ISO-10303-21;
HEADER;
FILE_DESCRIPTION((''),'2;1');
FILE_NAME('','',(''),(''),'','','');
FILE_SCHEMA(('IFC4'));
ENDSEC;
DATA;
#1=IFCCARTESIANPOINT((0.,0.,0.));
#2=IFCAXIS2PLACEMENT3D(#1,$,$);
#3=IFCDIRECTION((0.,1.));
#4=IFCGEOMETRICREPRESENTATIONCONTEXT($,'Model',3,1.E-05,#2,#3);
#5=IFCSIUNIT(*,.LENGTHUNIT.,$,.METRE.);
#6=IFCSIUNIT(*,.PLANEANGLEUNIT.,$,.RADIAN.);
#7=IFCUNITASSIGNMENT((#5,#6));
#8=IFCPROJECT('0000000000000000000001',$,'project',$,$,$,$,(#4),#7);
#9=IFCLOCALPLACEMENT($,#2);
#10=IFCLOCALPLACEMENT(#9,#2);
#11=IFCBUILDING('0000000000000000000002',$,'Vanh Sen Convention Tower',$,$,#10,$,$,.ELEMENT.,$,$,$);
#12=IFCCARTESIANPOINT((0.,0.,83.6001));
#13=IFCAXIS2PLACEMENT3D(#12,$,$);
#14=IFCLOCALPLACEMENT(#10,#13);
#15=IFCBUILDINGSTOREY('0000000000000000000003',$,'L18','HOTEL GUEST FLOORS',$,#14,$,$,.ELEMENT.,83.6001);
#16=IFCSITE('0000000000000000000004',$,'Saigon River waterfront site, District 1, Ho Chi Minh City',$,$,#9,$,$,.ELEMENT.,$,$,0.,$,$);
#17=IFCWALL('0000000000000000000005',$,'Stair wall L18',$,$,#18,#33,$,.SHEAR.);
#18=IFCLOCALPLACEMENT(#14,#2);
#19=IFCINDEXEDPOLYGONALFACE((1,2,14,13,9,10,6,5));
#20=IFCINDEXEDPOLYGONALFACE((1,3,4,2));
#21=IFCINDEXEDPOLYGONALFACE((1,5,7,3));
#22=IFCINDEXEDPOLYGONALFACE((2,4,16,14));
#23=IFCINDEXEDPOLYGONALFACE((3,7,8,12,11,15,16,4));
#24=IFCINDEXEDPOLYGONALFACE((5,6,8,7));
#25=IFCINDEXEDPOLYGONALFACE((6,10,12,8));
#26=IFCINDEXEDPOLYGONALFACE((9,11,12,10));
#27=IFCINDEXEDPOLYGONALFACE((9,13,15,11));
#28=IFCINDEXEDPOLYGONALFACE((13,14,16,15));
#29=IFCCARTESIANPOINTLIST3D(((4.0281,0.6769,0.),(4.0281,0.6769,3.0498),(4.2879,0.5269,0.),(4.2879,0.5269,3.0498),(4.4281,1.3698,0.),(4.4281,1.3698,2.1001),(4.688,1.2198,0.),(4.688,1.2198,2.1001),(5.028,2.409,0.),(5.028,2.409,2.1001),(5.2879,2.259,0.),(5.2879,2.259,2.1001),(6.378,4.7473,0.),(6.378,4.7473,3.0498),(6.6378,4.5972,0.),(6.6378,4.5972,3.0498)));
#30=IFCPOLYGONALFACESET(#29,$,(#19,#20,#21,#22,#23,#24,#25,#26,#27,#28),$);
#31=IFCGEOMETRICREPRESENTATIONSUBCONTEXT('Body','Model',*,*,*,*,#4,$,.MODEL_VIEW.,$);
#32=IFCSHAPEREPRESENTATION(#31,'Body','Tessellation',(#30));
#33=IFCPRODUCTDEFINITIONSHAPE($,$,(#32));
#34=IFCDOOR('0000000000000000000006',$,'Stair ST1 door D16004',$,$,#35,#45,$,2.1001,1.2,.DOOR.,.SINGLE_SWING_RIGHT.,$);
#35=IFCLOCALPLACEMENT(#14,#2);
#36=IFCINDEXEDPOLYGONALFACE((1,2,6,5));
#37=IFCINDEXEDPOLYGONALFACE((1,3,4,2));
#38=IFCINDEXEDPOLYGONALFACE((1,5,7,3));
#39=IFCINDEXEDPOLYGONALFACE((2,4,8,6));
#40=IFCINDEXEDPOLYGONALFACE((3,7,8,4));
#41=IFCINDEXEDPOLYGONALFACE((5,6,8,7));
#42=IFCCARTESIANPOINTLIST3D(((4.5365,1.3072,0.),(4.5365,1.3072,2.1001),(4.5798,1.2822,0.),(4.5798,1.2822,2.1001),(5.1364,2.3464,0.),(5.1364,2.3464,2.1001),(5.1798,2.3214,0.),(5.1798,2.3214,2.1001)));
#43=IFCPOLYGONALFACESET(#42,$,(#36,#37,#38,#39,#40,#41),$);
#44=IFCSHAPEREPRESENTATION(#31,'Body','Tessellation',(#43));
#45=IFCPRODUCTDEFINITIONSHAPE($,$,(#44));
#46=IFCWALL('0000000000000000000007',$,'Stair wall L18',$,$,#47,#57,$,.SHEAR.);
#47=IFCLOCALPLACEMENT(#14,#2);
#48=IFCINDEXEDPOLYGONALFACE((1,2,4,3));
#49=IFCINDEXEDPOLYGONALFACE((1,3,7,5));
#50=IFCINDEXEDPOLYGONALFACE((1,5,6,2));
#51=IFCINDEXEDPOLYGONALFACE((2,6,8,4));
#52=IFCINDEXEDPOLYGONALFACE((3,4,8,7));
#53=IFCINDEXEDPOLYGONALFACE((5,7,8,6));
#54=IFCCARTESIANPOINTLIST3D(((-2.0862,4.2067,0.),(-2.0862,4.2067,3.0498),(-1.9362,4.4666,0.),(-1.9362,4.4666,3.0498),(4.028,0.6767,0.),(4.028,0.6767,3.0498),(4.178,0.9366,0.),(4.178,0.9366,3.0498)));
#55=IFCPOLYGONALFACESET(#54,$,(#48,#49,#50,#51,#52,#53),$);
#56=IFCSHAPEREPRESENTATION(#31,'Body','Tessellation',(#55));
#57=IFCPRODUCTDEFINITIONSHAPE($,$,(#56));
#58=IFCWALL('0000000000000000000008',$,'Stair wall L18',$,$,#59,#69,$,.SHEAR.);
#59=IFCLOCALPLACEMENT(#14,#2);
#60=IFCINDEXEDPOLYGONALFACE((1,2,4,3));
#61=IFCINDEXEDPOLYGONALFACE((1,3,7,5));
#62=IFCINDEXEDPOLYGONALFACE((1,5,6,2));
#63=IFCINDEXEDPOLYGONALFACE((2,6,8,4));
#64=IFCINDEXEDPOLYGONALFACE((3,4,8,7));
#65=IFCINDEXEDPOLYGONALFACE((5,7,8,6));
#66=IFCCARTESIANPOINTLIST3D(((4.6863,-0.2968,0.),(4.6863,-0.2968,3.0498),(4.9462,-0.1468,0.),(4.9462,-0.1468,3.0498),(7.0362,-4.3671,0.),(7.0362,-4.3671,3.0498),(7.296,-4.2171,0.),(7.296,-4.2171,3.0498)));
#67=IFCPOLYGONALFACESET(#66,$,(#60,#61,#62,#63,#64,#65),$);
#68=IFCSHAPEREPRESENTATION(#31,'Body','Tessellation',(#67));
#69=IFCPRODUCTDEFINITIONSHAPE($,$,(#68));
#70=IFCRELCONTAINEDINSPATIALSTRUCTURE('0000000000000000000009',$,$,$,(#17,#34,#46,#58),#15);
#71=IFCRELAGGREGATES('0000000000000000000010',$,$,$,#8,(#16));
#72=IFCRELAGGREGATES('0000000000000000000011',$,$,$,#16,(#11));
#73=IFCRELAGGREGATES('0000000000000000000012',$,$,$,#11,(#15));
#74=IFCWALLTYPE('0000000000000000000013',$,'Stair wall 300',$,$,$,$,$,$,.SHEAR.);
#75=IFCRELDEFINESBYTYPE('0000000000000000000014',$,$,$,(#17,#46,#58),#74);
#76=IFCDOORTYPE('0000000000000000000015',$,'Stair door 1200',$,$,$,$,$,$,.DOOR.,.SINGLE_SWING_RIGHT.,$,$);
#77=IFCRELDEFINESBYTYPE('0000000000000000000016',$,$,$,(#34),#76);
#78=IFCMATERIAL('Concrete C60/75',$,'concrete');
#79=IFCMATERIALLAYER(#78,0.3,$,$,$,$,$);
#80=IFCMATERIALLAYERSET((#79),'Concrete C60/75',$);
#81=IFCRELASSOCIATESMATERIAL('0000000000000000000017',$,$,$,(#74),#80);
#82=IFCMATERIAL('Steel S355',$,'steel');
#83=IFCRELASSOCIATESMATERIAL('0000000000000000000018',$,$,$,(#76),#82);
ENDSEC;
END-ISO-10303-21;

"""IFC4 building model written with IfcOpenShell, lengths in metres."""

from ifc_helpers import new_model, si_unit, direction, frame, frame_2d, origin, place, context, subcontext, project, spatial, rectangle, extrude, material, layer, layer_set, type_object, element, fill, save


model = new_model("IFC4")

# Units and contexts
model_context = context("Model", 3, precision=1e-05, world=origin(), true_north=direction((0.0, 1.0)))
body_context = subcontext(model_context, "Body", "Model", "MODEL_VIEW")
ifc_project = project(units=[si_unit("LENGTHUNIT", "METRE"), si_unit("PLANEANGLEUNIT", "RADIAN")], contexts=[model_context])

# Site, building, storey
site_placement = place(None, origin())
site = spatial("IfcSite", under=ifc_project, at=site_placement, Name="Saigon River waterfront site, District 1, Ho Chi Minh City", CompositionType="ELEMENT", RefElevation=0.0)
building_placement = place(site_placement, origin())
building = spatial("IfcBuilding", under=site, at=building_placement, Name="Vanh Sen Convention Tower", CompositionType="ELEMENT")
storey_placement = place(building_placement, frame((0.0, 0.0, 83.6001)))
storey = spatial("IfcBuildingStorey", under=building, at=storey_placement, Name="L18", Description="HOTEL GUEST FLOORS", CompositionType="ELEMENT", Elevation=83.6001)

# Wall, opening, door
ifc_material_1 = material(Name="Steel S355", Category="steel")
ifc_material_2 = material(Name="Concrete C60/75", Category="concrete")
ifc_layer_1 = layer(ifc_material_2, 0.3)
ifc_layer_set_1 = layer_set([ifc_layer_1], Name="Concrete C60/75")
wall_type_1 = type_object("IfcWallType", Name="Stair wall 300", PredefinedType="SHEAR", material=ifc_layer_set_1)
wall_1_placement = place(storey_placement, frame((4.158, 0.6018, 0.0), z_axis=(0.0, 0.0, 1.0), x_axis=(0.499977, 0.866039, 0.0)))
wall_1 = element("IfcWall", 1, at=wall_1_placement, inside=storey, type_object=wall_type_1, Name="Stair wall L18", PredefinedType="SHEAR", context=body_context, shape_type="SweptSolid", body=[
    extrude(rectangle(XDim=4.7, YDim=0.3, at=frame_2d((2.3501, 0.0))), origin(), (0.0, 0.0, 1.0), 3.0498),
])
opening_1_placement = place(wall_1_placement, frame((0.8, 0.0, 0.0)))
opening_1 = element("IfcOpeningElement", 2, at=opening_1_placement, cuts=wall_1, PredefinedType="OPENING", context=body_context, shape_type="SweptSolid", body=[
    extrude(rectangle(XDim=1.2, YDim=2.1001, at=frame_2d((0.6001, 1.05))), frame((0.0, 0.1599, 0.0), z_axis=(0.0, -1.0, 0.0), x_axis=(1.0, 0.0, 0.0)), (0.0, 0.0, 1.0), 0.3201),
])
door_type_1 = type_object("IfcDoorType", Name="Stair door 1200", OperationType="SINGLE_SWING_RIGHT", PredefinedType="DOOR", material=ifc_material_1)
door_1_placement = place(opening_1_placement, origin())
door_1 = element("IfcDoor", 3, at=door_1_placement, inside=storey, type_object=door_type_1, Name="Stair ST1 door D16004", OperationType="SINGLE_SWING_RIGHT", OverallHeight=2.1001, OverallWidth=1.2, PredefinedType="DOOR", context=body_context, shape_type="SweptSolid", body=[
    extrude(rectangle(XDim=1.2, YDim=2.1001, at=frame_2d((0.6001, 1.05))), frame((0.0, 0.0249, 0.0), z_axis=(0.0, -1.0, 0.0), x_axis=(1.0, 0.0, 0.0)), (0.0, 0.0, 1.0), 0.05),
])
fill(opening_1, door_1)

# Walls
wall_2_placement = place(storey_placement, frame((4.103, 0.8066, 0.0), z_axis=(0.0, 0.0, 1.0), x_axis=(-0.866028, 0.499996, 0.0)))
element("IfcWall", 4, at=wall_2_placement, inside=storey, type_object=wall_type_1, Name="Stair wall L18", PredefinedType="SHEAR", context=body_context, shape_type="SweptSolid", body=[
    extrude(rectangle(XDim=7.0601, YDim=0.3, at=frame_2d((3.53, 0.0))), origin(), (0.0, 0.0, 1.0), 3.0498),
])
wall_3_placement = place(storey_placement, frame((4.8162, -0.2217, 0.0), z_axis=(0.0, 0.0, 1.0), x_axis=(0.499977, -0.866039, 0.0)))
element("IfcWall", 5, at=wall_3_placement, inside=storey, type_object=wall_type_1, Name="Stair wall L18", PredefinedType="SHEAR", context=body_context, shape_type="SweptSolid", body=[
    extrude(rectangle(XDim=4.7, YDim=0.3, at=frame_2d((2.3501, 0.0))), origin(), (0.0, 0.0, 1.0), 3.0498),
])

save(model, "model.ifc")
